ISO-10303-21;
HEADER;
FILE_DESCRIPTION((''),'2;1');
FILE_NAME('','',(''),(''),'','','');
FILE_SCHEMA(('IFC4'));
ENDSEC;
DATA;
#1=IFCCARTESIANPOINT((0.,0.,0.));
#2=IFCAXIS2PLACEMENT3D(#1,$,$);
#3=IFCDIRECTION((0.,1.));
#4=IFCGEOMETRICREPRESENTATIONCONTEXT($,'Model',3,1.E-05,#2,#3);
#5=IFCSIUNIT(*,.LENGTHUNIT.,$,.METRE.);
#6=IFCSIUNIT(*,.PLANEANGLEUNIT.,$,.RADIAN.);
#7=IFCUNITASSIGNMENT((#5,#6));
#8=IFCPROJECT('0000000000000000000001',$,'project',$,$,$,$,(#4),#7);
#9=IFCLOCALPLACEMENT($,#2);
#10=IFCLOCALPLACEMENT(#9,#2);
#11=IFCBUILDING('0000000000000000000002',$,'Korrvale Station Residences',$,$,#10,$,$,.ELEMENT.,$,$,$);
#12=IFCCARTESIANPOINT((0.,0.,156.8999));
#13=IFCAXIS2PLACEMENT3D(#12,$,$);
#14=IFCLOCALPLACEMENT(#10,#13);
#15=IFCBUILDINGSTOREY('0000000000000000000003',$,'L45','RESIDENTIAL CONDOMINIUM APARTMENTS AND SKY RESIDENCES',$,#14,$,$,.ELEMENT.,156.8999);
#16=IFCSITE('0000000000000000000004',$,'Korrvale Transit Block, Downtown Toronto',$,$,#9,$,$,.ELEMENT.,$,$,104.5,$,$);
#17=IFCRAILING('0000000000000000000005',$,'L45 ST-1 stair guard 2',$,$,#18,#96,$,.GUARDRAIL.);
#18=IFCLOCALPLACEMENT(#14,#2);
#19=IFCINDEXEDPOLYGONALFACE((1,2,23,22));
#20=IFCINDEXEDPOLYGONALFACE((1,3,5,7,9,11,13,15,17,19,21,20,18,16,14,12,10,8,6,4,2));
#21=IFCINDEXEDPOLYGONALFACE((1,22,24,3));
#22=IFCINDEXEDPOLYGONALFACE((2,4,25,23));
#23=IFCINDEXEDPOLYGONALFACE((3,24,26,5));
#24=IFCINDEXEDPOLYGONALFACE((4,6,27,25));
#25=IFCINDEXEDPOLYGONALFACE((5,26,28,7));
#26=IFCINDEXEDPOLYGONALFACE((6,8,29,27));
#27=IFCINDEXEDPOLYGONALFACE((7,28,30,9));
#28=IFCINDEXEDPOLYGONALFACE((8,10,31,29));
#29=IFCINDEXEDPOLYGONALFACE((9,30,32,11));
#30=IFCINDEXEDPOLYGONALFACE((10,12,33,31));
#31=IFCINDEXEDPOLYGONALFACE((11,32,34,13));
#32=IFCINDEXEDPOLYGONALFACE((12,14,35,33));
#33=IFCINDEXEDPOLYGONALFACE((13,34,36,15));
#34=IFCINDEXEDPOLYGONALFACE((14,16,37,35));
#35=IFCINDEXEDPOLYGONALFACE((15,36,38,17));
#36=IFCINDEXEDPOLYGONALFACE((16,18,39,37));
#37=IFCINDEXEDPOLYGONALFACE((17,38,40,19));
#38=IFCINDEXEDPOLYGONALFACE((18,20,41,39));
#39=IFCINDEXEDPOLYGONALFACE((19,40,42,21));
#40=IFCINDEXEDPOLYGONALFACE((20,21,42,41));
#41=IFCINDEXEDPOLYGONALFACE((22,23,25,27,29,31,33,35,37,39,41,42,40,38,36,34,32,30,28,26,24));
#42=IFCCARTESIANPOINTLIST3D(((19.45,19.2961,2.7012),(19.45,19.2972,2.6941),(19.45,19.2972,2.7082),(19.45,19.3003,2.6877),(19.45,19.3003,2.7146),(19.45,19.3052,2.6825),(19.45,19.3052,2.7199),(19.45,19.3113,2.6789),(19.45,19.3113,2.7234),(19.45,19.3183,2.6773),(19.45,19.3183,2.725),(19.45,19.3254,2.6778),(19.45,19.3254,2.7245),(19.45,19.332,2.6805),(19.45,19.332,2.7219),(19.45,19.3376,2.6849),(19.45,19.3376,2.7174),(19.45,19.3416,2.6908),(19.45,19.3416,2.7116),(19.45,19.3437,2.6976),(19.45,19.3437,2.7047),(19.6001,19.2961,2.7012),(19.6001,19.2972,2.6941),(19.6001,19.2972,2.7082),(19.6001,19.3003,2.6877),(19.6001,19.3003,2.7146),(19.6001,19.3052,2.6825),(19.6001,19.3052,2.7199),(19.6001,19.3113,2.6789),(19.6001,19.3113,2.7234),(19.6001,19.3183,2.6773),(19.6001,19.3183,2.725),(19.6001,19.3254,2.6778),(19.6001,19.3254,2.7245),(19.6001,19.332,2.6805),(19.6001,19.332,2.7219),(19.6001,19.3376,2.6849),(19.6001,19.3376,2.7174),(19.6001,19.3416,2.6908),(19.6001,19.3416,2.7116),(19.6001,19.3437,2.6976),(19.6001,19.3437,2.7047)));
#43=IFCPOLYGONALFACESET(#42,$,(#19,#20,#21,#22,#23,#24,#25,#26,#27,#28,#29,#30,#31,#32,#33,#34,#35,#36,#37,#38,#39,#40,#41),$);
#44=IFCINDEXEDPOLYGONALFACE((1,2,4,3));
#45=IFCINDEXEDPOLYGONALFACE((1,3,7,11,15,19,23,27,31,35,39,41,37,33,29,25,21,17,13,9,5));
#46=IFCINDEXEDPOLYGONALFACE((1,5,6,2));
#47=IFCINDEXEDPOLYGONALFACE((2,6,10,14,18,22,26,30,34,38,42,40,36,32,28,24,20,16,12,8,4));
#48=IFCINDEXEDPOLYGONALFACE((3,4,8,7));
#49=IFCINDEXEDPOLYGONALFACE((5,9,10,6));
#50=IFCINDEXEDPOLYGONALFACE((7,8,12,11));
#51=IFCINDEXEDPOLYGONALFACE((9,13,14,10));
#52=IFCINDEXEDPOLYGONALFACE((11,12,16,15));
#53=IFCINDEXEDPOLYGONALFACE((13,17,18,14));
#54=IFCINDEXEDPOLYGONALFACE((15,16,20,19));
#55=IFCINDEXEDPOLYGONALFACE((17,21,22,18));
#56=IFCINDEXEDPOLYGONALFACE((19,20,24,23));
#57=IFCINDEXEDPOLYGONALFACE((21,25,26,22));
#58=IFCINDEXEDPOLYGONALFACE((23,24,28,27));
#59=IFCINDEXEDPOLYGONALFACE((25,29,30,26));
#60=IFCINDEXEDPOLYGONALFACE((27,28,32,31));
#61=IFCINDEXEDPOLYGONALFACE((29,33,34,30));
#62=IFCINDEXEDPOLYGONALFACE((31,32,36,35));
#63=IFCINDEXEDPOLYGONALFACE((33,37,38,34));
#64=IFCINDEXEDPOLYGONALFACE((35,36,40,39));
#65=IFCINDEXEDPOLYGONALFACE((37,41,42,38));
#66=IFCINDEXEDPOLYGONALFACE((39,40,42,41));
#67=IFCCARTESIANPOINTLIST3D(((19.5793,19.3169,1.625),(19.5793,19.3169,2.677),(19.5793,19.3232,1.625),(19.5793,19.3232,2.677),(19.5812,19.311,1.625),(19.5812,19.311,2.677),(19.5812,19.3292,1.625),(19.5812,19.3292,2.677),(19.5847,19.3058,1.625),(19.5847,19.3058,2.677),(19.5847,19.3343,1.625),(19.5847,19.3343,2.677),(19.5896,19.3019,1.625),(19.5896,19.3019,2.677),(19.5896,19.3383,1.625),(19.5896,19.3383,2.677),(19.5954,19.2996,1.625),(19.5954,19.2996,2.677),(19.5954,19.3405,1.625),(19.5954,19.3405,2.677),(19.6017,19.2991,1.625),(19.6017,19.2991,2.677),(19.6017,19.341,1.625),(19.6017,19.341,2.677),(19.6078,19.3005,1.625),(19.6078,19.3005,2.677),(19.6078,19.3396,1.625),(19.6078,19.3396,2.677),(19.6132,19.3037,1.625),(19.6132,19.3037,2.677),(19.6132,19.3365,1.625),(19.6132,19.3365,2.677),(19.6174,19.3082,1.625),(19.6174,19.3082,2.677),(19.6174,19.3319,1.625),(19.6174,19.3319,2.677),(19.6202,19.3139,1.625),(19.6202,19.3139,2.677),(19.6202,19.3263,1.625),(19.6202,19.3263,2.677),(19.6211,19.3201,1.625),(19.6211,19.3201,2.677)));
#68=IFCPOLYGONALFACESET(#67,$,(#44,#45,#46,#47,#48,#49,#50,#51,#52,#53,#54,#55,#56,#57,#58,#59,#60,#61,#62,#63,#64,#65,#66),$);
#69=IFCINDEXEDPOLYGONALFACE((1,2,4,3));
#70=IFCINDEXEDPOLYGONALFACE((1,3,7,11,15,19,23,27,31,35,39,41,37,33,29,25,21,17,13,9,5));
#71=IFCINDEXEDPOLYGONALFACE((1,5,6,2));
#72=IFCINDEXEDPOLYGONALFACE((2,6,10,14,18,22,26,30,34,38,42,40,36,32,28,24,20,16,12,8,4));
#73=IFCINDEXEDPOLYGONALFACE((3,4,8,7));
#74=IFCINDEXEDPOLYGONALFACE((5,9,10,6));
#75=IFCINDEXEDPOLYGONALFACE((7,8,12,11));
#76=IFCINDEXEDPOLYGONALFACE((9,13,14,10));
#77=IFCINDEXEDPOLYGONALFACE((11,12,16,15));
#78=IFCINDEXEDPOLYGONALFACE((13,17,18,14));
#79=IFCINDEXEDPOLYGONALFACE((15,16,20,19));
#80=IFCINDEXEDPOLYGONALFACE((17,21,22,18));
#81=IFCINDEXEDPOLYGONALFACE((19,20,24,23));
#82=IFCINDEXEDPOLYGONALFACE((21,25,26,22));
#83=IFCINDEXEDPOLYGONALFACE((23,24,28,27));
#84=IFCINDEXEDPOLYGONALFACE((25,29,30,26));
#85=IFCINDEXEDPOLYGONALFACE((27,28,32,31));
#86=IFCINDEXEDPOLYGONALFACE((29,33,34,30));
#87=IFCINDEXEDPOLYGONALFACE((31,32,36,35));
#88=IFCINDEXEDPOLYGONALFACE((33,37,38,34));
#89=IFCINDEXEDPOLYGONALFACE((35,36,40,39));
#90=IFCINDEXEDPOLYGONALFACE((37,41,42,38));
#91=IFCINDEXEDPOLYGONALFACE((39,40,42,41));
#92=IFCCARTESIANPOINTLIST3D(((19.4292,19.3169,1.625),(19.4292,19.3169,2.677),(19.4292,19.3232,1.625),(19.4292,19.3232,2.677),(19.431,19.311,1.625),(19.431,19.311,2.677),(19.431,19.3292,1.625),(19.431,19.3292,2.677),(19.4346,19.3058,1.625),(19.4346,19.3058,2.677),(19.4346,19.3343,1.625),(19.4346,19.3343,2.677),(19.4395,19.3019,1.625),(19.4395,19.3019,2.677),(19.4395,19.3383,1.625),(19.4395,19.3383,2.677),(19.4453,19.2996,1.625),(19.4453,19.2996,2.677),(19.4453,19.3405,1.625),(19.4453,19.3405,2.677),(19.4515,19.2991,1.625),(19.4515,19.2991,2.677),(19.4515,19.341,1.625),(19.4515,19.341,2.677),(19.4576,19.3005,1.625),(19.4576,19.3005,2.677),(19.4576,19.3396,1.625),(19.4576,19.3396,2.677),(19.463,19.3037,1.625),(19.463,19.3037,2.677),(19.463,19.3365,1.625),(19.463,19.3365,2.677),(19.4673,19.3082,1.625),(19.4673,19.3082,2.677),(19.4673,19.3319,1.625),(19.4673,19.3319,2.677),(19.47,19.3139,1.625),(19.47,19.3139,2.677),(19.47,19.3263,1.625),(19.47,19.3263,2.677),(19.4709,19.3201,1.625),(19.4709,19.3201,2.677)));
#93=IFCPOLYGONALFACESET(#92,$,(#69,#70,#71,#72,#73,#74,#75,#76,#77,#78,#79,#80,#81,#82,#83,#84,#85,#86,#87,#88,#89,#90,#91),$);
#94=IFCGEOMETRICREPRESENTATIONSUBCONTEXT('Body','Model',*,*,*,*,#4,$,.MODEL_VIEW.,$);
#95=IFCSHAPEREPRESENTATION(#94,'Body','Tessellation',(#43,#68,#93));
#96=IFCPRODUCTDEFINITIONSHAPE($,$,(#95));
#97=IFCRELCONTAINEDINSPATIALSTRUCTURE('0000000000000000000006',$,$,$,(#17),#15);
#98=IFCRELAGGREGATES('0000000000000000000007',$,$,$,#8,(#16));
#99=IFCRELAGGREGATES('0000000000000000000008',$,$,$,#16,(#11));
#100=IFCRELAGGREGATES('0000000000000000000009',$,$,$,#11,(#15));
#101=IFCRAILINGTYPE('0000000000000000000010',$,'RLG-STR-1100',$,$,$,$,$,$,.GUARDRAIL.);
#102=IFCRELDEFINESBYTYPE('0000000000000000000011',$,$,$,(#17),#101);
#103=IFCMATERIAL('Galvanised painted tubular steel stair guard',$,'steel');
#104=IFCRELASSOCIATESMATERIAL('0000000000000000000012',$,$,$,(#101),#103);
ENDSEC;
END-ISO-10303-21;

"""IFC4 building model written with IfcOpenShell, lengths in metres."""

from ifc_helpers import new_model, si_unit, direction, frame, origin, origin_2d, place, context, subcontext, project, spatial, circle, extrude, material, type_object, element, save


model = new_model("IFC4")

# Units and contexts
model_context = context("Model", 3, precision=1e-05, world=origin(), true_north=direction((0.0, 1.0)))
body_context = subcontext(model_context, "Body", "Model", "MODEL_VIEW")
ifc_project = project(units=[si_unit("LENGTHUNIT", "METRE"), si_unit("PLANEANGLEUNIT", "RADIAN")], contexts=[model_context])

# Site, building, storey
site_placement = place(None, origin())
site = spatial("IfcSite", under=ifc_project, at=site_placement, Name="Korrvale Transit Block, Downtown Toronto", CompositionType="ELEMENT", RefElevation=104.5)
building_placement = place(site_placement, origin())
building = spatial("IfcBuilding", under=site, at=building_placement, Name="Korrvale Station Residences", CompositionType="ELEMENT")
storey_placement = place(building_placement, frame((0.0, 0.0, 156.8999)))
storey = spatial("IfcBuildingStorey", under=building, at=storey_placement, Name="L45", Description="RESIDENTIAL CONDOMINIUM APARTMENTS AND SKY RESIDENCES", CompositionType="ELEMENT", Elevation=156.8999)

# Railing
ifc_material_1 = material(Name="Galvanised painted tubular steel stair guard", Category="steel")
railing_type_1 = type_object("IfcRailingType", Name="RLG-STR-1100", PredefinedType="GUARDRAIL", material=ifc_material_1)
railing_1_placement = place(storey_placement, frame((19.6001, 19.3201, 1.625)))
element("IfcRailing", 1, at=railing_1_placement, inside=storey, type_object=railing_type_1, Name="L45 ST-1 stair guard 2", PredefinedType="GUARDRAIL", context=body_context, shape_type="SweptSolid", body=[
    extrude(circle(Radius=0.0239, at=origin_2d()), frame((0.0, 0.0, 1.0762), z_axis=(-1.0, 0.0, 0.0), x_axis=(0.0, -1.0, 0.0)), (0.0, 0.0, 1.0), 0.1501),
    extrude(circle(Radius=0.021, at=origin_2d()), origin(), (0.0, 0.0, 1.0), 1.052),
    extrude(circle(Radius=0.021, at=origin_2d()), frame((-0.1501, 0.0, 0.0)), (0.0, 0.0, 1.0), 1.052),
])

save(model, "model.ifc")
